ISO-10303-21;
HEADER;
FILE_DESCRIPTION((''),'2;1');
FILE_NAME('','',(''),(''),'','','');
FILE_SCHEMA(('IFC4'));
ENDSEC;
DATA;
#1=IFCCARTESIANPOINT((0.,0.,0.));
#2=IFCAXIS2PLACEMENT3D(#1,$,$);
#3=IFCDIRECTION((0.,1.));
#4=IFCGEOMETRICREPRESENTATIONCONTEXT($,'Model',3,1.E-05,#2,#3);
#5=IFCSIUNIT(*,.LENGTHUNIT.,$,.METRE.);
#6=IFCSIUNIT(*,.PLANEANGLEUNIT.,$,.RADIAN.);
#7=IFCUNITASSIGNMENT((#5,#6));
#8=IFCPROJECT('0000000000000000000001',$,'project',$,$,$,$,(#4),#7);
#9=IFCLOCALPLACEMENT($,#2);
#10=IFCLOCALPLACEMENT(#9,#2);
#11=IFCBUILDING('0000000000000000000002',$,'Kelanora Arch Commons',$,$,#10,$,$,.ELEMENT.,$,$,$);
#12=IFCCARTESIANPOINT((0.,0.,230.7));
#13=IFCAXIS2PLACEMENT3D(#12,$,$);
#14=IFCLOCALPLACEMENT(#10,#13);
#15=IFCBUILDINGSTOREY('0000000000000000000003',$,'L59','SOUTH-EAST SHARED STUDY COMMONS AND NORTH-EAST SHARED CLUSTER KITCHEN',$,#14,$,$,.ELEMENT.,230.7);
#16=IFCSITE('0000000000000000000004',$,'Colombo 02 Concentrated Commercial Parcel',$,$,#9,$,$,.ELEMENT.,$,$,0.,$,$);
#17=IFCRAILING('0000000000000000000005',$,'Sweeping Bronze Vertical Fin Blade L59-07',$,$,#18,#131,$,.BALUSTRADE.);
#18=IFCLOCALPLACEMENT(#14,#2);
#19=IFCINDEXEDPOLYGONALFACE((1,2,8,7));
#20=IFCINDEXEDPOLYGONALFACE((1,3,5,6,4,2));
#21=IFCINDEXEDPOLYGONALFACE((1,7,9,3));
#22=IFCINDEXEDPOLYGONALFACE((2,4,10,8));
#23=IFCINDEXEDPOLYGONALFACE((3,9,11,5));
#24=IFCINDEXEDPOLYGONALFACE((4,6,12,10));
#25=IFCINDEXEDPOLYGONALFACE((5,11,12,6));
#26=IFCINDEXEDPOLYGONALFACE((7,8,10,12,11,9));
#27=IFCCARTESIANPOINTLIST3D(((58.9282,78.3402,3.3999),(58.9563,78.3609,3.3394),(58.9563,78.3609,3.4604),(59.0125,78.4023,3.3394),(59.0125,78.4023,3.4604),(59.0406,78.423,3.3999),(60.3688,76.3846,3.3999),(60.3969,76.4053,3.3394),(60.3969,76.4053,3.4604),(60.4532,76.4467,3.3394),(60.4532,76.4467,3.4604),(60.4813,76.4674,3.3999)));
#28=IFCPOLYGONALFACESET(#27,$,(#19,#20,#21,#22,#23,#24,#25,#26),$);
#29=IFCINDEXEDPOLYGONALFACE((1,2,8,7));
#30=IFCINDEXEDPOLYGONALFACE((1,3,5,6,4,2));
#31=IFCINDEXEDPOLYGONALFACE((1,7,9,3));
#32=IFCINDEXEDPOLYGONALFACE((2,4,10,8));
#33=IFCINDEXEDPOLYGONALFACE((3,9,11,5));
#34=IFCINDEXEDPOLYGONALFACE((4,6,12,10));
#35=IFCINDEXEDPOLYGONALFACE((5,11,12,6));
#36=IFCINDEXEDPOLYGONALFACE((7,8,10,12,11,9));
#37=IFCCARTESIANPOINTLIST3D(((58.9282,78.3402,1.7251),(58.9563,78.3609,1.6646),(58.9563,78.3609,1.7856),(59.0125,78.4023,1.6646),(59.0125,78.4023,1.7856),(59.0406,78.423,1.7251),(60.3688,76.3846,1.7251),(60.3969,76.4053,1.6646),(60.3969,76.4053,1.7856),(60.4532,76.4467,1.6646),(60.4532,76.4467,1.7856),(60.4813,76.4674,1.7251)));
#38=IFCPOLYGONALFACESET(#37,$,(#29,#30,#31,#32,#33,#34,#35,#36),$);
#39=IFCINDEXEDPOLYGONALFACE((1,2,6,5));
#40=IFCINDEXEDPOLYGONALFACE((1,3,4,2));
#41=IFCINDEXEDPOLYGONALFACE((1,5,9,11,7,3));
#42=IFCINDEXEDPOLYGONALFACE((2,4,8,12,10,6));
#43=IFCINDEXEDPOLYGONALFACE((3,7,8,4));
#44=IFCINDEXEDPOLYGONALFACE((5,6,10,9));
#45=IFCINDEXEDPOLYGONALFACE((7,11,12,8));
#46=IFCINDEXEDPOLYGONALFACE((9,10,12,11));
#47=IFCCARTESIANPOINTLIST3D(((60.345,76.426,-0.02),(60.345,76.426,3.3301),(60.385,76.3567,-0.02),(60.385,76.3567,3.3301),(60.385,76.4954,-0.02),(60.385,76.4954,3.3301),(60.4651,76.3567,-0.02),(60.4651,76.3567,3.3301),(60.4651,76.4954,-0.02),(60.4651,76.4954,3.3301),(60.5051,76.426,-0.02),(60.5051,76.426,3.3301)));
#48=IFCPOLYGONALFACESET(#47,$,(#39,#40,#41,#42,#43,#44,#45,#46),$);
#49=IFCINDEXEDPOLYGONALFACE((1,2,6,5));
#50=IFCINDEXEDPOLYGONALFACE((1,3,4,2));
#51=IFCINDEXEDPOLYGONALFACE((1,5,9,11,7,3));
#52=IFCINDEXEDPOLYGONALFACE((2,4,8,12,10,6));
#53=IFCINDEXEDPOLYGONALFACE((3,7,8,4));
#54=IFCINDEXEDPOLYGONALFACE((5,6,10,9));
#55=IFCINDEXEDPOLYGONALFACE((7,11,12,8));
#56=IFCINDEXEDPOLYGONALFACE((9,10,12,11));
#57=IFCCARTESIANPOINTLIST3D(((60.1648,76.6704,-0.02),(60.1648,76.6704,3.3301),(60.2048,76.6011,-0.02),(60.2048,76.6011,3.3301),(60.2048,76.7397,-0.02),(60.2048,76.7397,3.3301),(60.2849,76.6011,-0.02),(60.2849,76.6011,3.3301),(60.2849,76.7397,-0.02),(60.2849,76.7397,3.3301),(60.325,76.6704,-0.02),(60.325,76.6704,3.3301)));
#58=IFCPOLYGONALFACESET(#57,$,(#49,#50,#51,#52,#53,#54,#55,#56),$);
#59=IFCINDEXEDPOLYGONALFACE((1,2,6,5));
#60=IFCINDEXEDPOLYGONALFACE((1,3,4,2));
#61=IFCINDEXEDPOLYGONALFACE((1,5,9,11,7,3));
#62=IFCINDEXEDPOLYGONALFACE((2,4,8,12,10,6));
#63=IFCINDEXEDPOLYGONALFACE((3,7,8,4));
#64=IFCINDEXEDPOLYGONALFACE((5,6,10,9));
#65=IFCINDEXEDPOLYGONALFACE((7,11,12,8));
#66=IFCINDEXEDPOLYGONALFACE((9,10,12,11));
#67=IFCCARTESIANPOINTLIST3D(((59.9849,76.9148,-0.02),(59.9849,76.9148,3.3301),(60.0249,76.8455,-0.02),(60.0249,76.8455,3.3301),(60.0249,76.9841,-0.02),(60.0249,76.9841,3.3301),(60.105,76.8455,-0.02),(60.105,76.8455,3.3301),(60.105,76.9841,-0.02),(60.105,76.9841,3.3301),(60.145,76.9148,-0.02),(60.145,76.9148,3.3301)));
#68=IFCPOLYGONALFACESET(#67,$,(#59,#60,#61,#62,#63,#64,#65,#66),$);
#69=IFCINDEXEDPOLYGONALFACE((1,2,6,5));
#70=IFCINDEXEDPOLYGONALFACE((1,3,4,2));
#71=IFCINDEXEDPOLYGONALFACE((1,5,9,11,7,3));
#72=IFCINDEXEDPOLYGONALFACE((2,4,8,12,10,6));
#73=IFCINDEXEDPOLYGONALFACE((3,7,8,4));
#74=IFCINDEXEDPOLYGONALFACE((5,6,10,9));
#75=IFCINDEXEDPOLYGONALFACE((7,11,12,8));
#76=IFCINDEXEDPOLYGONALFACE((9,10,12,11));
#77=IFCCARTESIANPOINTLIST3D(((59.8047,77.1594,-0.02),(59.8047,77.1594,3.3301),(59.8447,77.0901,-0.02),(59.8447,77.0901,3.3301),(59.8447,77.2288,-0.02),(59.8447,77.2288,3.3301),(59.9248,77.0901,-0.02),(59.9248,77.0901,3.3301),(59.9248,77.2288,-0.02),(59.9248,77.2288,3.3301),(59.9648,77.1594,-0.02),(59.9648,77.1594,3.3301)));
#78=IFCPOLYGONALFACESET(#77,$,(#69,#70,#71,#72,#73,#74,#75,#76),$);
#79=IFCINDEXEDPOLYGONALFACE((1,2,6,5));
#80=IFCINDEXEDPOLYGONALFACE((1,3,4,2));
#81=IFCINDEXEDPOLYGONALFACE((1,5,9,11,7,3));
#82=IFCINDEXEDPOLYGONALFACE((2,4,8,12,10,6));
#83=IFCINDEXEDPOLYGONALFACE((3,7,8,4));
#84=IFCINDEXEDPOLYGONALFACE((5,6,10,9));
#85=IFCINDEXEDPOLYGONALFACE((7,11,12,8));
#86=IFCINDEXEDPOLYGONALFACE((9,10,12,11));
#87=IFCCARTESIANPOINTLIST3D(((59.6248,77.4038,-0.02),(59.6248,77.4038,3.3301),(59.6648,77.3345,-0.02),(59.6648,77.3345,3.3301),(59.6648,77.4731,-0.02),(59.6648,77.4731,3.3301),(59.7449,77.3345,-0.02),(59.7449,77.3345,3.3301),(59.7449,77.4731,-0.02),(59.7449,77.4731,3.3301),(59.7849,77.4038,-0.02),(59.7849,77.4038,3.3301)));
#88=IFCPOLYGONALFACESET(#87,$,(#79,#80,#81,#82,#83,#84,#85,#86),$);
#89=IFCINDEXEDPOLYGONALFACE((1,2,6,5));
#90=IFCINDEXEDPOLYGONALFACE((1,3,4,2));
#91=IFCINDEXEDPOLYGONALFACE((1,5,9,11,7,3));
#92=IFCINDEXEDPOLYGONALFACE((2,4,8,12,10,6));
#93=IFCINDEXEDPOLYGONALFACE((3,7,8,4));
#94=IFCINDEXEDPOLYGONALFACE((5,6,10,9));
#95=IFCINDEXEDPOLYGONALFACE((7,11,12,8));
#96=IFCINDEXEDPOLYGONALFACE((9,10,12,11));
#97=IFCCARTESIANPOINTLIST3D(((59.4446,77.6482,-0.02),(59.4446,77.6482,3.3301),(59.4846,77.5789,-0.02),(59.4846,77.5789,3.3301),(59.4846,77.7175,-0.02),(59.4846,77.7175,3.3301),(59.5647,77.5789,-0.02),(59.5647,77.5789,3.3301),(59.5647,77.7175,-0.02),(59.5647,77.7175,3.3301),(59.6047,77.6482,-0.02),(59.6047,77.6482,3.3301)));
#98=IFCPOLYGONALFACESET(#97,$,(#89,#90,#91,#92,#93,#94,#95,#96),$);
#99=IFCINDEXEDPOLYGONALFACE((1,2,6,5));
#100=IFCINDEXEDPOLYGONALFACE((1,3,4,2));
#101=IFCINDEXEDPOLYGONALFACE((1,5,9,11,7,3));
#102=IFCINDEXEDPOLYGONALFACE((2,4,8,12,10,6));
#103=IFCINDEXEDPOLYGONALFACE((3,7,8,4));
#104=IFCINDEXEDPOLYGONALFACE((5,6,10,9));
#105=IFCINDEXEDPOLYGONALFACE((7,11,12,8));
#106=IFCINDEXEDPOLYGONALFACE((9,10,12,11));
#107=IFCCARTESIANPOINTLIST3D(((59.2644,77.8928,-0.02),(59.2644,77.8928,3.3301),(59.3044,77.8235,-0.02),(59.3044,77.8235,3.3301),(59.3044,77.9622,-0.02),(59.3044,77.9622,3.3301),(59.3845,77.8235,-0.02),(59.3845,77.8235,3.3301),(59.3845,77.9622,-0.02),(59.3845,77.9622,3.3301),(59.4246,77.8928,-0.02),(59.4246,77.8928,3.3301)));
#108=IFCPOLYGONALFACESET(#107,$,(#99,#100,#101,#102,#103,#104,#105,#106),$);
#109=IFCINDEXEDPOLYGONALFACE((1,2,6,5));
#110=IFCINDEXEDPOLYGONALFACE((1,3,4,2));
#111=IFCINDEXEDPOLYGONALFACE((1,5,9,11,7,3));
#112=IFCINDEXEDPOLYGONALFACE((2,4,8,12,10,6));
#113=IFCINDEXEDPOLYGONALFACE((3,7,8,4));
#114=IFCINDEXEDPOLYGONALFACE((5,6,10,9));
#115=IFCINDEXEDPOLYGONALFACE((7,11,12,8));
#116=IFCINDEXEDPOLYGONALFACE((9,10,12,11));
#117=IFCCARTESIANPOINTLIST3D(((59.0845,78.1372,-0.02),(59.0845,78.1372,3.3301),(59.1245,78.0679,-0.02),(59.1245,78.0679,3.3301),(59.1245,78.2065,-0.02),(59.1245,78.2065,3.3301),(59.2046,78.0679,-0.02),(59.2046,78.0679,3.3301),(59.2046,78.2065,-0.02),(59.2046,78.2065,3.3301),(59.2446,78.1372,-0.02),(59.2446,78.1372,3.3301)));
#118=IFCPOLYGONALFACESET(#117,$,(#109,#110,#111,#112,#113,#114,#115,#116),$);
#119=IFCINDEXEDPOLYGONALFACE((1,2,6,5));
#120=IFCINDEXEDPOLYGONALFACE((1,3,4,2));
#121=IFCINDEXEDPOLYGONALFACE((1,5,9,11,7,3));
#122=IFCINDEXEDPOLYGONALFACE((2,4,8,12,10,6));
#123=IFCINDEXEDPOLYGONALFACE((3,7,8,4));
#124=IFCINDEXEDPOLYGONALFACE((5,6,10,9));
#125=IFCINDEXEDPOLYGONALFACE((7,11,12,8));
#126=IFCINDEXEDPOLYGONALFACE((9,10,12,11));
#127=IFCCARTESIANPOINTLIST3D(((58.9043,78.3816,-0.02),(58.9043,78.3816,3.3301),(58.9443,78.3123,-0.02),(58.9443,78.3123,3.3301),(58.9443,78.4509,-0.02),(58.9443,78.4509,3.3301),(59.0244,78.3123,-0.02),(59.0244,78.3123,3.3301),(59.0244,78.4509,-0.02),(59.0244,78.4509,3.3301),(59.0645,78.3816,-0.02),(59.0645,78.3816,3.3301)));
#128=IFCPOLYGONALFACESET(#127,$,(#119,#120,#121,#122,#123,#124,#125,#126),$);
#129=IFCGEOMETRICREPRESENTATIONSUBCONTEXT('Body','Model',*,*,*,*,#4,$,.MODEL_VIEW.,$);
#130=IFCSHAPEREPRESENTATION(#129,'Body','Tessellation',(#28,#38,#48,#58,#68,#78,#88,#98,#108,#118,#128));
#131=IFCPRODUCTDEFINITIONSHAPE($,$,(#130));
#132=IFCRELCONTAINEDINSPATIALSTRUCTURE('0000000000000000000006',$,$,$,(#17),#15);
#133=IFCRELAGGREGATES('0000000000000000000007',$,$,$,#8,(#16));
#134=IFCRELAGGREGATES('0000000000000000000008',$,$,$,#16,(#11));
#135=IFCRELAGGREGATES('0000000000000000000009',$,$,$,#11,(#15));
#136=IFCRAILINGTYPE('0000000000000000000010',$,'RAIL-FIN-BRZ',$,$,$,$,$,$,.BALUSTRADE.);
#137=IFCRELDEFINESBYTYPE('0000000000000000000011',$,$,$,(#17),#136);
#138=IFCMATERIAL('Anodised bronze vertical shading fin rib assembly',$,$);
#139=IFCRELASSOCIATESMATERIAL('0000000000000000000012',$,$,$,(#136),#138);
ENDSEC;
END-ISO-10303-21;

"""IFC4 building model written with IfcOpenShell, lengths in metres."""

from ifc_helpers import new_model, si_unit, direction, frame, origin, place, context, subcontext, project, spatial, polyline, outline, extrude, material, type_object, element, save


model = new_model("IFC4")

# Units and contexts
model_context = context("Model", 3, precision=1e-05, world=origin(), true_north=direction((0.0, 1.0)))
body_context = subcontext(model_context, "Body", "Model", "MODEL_VIEW")
ifc_project = project(units=[si_unit("LENGTHUNIT", "METRE"), si_unit("PLANEANGLEUNIT", "RADIAN")], contexts=[model_context])

# Site, building, storey
site_placement = place(None, origin())
site = spatial("IfcSite", under=ifc_project, at=site_placement, Name="Colombo 02 Concentrated Commercial Parcel", CompositionType="ELEMENT", RefElevation=0.0)
building_placement = place(site_placement, origin())
building = spatial("IfcBuilding", under=site, at=building_placement, Name="Kelanora Arch Commons", CompositionType="ELEMENT")
storey_placement = place(building_placement, frame((0.0, 0.0, 230.7)))
storey = spatial("IfcBuildingStorey", under=building, at=storey_placement, Name="L59", Description="SOUTH-EAST SHARED STUDY COMMONS AND NORTH-EAST SHARED CLUSTER KITCHEN", CompositionType="ELEMENT", Elevation=230.7)

# Railing
ifc_material_1 = material(Name="Anodised bronze vertical shading fin rib assembly")
railing_type = type_object("IfcRailingType", Name="RAIL-FIN-BRZ", PredefinedType="BALUSTRADE", material=ifc_material_1)
railing_1_placement = place(storey_placement, frame((60.425, 76.426, -0.02)))
element("IfcRailing", 1, at=railing_1_placement, inside=storey, type_object=railing_type, Name="Sweeping Bronze Vertical Fin Blade L59-07", PredefinedType="BALUSTRADE", context=body_context, shape_type="SweptSolid", body=[
    extrude(outline(polyline([(0.0698, 0.0), (0.0349, 0.0605), (-0.0349, 0.0605), (-0.0698, 0.0), (-0.0349, -0.0605), (0.0349, -0.0605), (0.0698, 0.0)])), frame((0.0, 0.0, 3.4199), z_axis=(-0.593127, 0.805109, 0.0), x_axis=(-0.805109, -0.593127, 0.0)), (0.0, 0.0, 1.0), 2.429),
    extrude(outline(polyline([(0.0698, 0.0), (0.0349, 0.0605), (-0.0349, 0.0605), (-0.0698, 0.0), (-0.0349, -0.0605), (0.0349, -0.0605), (0.0698, 0.0)])), frame((0.0, 0.0, 1.7451), z_axis=(-0.593127, 0.805109, 0.0), x_axis=(-0.805109, -0.593127, 0.0)), (0.0, 0.0, 1.0), 2.429),
    extrude(outline(polyline([(0.0801, 0.0), (0.04, 0.0693), (-0.04, 0.0693), (-0.0801, 0.0), (-0.04, -0.0693), (0.04, -0.0693), (0.0801, 0.0)])), origin(), (0.0, 0.0, 1.0), 3.3501),
    extrude(outline(polyline([(0.0801, 0.0), (0.04, 0.0693), (-0.04, 0.0693), (-0.0801, 0.0), (-0.04, -0.0693), (0.04, -0.0693), (0.0801, 0.0)])), frame((-0.1802, 0.2444, 0.0)), (0.0, 0.0, 1.0), 3.3501),
    extrude(outline(polyline([(0.0801, 0.0), (0.04, 0.0693), (-0.04, 0.0693), (-0.0801, 0.0), (-0.04, -0.0693), (0.04, -0.0693), (0.0801, 0.0)])), frame((-0.3601, 0.4888, 0.0)), (0.0, 0.0, 1.0), 3.3501),
    extrude(outline(polyline([(0.0801, 0.0), (0.04, 0.0693), (-0.04, 0.0693), (-0.0801, 0.0), (-0.04, -0.0693), (0.04, -0.0693), (0.0801, 0.0)])), frame((-0.5403, 0.7334, 0.0)), (0.0, 0.0, 1.0), 3.3501),
    extrude(outline(polyline([(0.0801, 0.0), (0.04, 0.0693), (-0.04, 0.0693), (-0.0801, 0.0), (-0.04, -0.0693), (0.04, -0.0693), (0.0801, 0.0)])), frame((-0.7202, 0.9778, 0.0)), (0.0, 0.0, 1.0), 3.3501),
    extrude(outline(polyline([(0.0801, 0.0), (0.04, 0.0693), (-0.04, 0.0693), (-0.0801, 0.0), (-0.04, -0.0693), (0.04, -0.0693), (0.0801, 0.0)])), frame((-0.9004, 1.2222, 0.0)), (0.0, 0.0, 1.0), 3.3501),
    extrude(outline(polyline([(0.0801, 0.0), (0.04, 0.0693), (-0.04, 0.0693), (-0.0801, 0.0), (-0.04, -0.0693), (0.04, -0.0693), (0.0801, 0.0)])), frame((-1.0806, 1.4668, 0.0)), (0.0, 0.0, 1.0), 3.3501),
    extrude(outline(polyline([(0.0801, 0.0), (0.04, 0.0693), (-0.04, 0.0693), (-0.0801, 0.0), (-0.04, -0.0693), (0.04, -0.0693), (0.0801, 0.0)])), frame((-1.2605, 1.7112, 0.0)), (0.0, 0.0, 1.0), 3.3501),
    extrude(outline(polyline([(0.0801, 0.0), (0.04, 0.0693), (-0.04, 0.0693), (-0.0801, 0.0), (-0.04, -0.0693), (0.04, -0.0693), (0.0801, 0.0)])), frame((-1.4407, 1.9556, 0.0)), (0.0, 0.0, 1.0), 3.3501),
])

save(model, "model.ifc")
